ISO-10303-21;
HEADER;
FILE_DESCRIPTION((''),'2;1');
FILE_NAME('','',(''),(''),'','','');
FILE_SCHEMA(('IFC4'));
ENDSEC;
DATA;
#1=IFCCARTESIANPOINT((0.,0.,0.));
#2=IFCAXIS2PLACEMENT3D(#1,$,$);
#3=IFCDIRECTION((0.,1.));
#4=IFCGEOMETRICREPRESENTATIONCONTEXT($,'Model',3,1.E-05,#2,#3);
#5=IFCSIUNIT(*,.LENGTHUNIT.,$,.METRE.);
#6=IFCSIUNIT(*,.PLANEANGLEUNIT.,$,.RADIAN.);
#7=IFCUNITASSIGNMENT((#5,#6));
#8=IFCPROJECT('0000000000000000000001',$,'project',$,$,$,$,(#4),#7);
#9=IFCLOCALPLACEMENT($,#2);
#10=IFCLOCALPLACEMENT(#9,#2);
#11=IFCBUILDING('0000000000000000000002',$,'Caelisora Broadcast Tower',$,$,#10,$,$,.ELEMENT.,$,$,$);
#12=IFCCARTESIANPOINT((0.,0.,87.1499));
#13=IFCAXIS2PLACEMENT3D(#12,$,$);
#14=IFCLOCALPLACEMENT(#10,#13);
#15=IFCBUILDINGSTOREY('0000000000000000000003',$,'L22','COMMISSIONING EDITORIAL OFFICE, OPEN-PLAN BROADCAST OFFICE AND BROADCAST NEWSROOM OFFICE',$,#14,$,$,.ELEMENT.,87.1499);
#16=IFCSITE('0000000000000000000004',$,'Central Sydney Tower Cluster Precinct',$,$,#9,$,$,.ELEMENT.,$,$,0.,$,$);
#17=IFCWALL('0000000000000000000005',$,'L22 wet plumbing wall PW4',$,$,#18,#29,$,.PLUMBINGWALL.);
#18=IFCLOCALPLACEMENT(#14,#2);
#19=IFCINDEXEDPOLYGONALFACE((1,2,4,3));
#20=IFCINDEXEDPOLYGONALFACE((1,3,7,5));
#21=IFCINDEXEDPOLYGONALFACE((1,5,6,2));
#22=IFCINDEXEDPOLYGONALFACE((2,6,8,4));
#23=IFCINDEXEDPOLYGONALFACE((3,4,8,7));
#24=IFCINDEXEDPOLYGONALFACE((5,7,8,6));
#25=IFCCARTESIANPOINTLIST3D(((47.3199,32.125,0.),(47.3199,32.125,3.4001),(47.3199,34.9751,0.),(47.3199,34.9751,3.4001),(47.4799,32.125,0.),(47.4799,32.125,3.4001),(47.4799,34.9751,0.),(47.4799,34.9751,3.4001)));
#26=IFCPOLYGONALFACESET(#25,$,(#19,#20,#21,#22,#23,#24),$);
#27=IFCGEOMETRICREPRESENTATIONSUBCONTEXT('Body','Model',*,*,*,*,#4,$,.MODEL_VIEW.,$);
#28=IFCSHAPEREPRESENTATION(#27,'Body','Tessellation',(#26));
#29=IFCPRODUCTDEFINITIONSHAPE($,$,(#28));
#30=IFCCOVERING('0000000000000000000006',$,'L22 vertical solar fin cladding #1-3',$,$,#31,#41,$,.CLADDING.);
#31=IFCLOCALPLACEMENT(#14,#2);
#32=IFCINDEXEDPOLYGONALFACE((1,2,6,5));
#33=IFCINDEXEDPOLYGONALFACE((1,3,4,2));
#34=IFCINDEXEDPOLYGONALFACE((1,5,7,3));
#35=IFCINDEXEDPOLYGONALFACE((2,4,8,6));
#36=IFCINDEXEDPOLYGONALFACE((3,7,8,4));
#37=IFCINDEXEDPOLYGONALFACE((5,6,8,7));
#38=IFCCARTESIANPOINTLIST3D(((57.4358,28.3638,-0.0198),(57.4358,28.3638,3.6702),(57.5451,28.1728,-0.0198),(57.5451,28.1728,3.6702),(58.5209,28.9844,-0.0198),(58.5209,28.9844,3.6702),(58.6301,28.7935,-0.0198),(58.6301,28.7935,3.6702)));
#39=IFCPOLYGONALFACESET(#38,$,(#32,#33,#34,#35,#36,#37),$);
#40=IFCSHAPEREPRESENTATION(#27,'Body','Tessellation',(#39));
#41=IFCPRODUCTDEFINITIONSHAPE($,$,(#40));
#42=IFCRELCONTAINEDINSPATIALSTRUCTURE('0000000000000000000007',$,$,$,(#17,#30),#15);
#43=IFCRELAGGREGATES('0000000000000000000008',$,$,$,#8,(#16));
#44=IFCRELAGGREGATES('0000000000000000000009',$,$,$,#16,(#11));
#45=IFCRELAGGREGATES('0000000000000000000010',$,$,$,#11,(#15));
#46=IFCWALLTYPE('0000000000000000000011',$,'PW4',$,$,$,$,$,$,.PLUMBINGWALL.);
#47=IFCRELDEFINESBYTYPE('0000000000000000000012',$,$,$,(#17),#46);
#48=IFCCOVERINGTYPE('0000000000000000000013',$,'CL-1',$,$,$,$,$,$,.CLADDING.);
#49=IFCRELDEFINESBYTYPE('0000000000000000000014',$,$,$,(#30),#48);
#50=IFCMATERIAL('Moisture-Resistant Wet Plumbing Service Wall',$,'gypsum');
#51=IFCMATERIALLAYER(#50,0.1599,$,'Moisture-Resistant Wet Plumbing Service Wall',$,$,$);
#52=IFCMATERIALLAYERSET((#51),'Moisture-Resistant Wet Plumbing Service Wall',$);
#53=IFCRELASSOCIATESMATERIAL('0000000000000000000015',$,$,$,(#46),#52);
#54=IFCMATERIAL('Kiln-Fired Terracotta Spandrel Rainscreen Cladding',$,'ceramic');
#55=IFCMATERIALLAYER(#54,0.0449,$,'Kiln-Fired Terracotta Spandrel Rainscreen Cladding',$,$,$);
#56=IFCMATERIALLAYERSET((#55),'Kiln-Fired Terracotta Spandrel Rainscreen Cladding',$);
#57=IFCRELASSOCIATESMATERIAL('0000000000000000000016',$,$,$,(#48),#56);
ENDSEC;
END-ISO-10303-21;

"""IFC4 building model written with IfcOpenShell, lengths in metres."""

from ifc_helpers import new_model, si_unit, direction, frame, frame_2d, origin, origin_2d, place, context, subcontext, project, spatial, rectangle, extrude, source, transform, mapped, material, layer, layer_set, type_object, type_shapes, element, save


model = new_model("IFC4")

# Units and contexts
model_context = context("Model", 3, precision=1e-05, world=origin(), true_north=direction((0.0, 1.0)))
body_context = subcontext(model_context, "Body", "Model", "MODEL_VIEW")
ifc_project = project(units=[si_unit("LENGTHUNIT", "METRE"), si_unit("PLANEANGLEUNIT", "RADIAN")], contexts=[model_context])

# Site, building, storey
site_placement = place(None, origin())
site = spatial("IfcSite", under=ifc_project, at=site_placement, Name="Central Sydney Tower Cluster Precinct", CompositionType="ELEMENT", RefElevation=0.0)
building_placement = place(site_placement, origin())
building = spatial("IfcBuilding", under=site, at=building_placement, Name="Caelisora Broadcast Tower", CompositionType="ELEMENT")
storey_placement = place(building_placement, frame((0.0, 0.0, 87.1499)))
storey = spatial("IfcBuildingStorey", under=building, at=storey_placement, Name="L22", Description="COMMISSIONING EDITORIAL OFFICE, OPEN-PLAN BROADCAST OFFICE AND BROADCAST NEWSROOM OFFICE", CompositionType="ELEMENT", Elevation=87.1499)

# Wall
ifc_material_1 = material(Name="Moisture-Resistant Wet Plumbing Service Wall", Category="gypsum")
ifc_layer_1 = layer(ifc_material_1, 0.1599, Name="Moisture-Resistant Wet Plumbing Service Wall")
ifc_layer_set_1 = layer_set([ifc_layer_1], Name="Moisture-Resistant Wet Plumbing Service Wall")
wall_type_1 = type_object("IfcWallType", Name="PW4", PredefinedType="PLUMBINGWALL", material=ifc_layer_set_1)
wall_1_placement = place(storey_placement, frame((47.3999, 32.125, 0.0), z_axis=(0.0, 0.0, 1.0), x_axis=(0.0, 1.0, 0.0)))
element("IfcWall", 1, at=wall_1_placement, inside=storey, type_object=wall_type_1, Name="L22 wet plumbing wall PW4", PredefinedType="PLUMBINGWALL", context=body_context, shape_type="SweptSolid", body=[
    extrude(rectangle(XDim=2.8501, YDim=0.1599, at=frame_2d((1.425, 0.0))), origin(), (0.0, 0.0, 1.0), 3.4001),
])

# Covering
ifc_material_2 = material(Name="Kiln-Fired Terracotta Spandrel Rainscreen Cladding", Category="ceramic")
ifc_layer_2 = layer(ifc_material_2, 0.0449, Name="Kiln-Fired Terracotta Spandrel Rainscreen Cladding")
ifc_layer_set_2 = layer_set([ifc_layer_2], Name="Kiln-Fired Terracotta Spandrel Rainscreen Cladding")
covering_type = type_object("IfcCoveringType", Name="CL-1", PredefinedType="CLADDING", material=ifc_layer_set_2)
shared_shape_1 = source(origin(), body_context, "Body", "SweptSolid", [
    extrude(rectangle(XDim=0.22, YDim=1.25, at=origin_2d()), origin(), (0.0, 0.0, 1.0), 3.6899),
])
type_shapes(covering_type, [shared_shape_1])
covering_placement = place(storey_placement, frame((58.033, 28.5786, -0.0198), z_axis=(0.0, 0.0, 1.0), x_axis=(0.49652, -0.868026, 0.0)))
element("IfcCovering", 2, at=covering_placement, inside=storey, type_object=covering_type, Name="L22 vertical solar fin cladding #1-3", PredefinedType="CLADDING", context=body_context, shape_type="MappedRepresentation", body=[
    mapped(shared_shape_1, transform((0.0, 0.0, 0.0), scale=1.0)),
])

save(model, "model.ifc")
